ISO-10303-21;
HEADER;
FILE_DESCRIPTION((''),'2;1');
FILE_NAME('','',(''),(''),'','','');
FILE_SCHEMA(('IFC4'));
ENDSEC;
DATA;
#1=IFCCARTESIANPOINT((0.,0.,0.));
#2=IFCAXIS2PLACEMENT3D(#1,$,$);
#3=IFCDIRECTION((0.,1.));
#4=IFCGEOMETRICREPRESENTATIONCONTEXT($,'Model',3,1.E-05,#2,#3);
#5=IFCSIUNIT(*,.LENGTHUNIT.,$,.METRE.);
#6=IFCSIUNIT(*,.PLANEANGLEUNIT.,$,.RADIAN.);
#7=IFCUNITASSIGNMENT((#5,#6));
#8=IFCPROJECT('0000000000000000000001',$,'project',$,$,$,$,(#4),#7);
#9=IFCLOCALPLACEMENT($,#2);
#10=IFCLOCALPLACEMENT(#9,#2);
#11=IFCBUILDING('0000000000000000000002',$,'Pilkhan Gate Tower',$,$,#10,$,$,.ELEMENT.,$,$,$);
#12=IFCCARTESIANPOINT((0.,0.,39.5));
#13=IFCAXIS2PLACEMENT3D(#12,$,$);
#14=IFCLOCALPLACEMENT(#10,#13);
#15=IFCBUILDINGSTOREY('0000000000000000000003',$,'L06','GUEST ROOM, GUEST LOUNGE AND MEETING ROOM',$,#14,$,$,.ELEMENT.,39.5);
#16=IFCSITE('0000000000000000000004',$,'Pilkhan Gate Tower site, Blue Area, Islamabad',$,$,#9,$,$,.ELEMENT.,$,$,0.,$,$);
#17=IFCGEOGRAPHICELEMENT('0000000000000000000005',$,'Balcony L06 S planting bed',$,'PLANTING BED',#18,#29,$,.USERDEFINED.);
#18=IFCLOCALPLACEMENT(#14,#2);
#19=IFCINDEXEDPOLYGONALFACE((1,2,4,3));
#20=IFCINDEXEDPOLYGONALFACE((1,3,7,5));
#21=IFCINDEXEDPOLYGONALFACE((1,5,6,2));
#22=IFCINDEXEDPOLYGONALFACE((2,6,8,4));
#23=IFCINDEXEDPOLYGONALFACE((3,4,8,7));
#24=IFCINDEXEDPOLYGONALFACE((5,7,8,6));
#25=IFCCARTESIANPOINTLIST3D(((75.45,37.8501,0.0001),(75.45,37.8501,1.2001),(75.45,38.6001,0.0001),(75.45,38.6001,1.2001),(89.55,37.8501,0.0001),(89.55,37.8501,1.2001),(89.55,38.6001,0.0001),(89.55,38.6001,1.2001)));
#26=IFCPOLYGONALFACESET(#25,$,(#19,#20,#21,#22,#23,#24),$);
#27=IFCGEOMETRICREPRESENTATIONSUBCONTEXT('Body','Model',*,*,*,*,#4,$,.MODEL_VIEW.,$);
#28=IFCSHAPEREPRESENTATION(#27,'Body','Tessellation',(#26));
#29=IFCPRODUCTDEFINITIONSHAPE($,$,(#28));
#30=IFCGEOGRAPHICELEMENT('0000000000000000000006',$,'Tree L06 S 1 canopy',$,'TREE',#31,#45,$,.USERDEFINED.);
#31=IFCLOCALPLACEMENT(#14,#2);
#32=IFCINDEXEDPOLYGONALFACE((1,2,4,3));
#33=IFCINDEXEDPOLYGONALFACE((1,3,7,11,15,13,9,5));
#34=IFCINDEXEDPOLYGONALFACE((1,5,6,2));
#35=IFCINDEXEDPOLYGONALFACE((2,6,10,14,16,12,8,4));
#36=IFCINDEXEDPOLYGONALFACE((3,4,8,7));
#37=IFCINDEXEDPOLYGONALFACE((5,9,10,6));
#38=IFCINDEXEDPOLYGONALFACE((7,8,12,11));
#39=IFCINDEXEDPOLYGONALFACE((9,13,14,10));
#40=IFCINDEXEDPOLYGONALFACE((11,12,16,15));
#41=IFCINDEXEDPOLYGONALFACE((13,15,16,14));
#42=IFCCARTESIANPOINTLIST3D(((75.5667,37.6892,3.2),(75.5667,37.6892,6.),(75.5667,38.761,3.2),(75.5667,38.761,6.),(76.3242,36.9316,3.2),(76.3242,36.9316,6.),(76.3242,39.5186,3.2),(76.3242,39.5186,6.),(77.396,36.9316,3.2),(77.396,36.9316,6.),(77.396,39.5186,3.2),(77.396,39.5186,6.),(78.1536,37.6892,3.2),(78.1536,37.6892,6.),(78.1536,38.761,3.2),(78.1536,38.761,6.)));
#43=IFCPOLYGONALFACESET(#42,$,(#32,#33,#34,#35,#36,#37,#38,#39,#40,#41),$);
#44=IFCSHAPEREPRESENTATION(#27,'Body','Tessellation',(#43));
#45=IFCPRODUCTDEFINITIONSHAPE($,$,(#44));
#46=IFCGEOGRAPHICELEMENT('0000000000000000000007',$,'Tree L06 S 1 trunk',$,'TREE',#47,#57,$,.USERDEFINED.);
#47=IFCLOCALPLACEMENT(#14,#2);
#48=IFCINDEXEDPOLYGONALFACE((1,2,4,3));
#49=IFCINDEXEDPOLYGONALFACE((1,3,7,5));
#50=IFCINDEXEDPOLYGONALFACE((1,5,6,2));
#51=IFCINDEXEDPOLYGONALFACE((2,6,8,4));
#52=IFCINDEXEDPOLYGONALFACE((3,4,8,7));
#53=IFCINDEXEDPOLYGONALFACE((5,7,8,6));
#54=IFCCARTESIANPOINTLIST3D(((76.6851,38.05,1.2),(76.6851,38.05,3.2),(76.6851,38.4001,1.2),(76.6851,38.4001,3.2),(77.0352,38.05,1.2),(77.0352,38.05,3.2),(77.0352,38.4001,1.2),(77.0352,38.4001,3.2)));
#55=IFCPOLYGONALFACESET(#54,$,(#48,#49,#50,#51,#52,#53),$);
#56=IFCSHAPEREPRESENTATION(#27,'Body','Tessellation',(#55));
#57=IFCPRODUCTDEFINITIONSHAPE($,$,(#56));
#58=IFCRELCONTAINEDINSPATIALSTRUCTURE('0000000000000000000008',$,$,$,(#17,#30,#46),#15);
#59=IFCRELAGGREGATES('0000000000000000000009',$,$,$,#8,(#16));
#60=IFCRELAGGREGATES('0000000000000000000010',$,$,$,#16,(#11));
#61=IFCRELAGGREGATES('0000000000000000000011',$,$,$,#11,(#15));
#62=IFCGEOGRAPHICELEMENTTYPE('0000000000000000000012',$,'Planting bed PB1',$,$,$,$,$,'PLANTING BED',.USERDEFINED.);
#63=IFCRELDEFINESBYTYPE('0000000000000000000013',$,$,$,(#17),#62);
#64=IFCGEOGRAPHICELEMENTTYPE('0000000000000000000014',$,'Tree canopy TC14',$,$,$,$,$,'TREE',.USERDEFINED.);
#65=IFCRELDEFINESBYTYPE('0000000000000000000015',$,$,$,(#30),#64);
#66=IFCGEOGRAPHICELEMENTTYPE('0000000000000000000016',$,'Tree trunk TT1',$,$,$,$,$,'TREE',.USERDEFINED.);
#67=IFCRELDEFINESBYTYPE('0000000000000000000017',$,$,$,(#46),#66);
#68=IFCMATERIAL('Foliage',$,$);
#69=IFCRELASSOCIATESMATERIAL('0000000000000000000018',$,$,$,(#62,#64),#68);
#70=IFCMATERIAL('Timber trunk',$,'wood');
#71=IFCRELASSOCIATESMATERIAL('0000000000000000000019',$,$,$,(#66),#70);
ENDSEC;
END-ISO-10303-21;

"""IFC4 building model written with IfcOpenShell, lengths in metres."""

from ifc_helpers import new_model, si_unit, direction, frame, origin, origin_2d, place, context, subcontext, project, spatial, polyline, rectangle, outline, extrude, material, material_profile, profile_set, type_object, element, save


model = new_model("IFC4")

# Units and contexts
model_context = context("Model", 3, precision=1e-05, world=origin(), true_north=direction((0.0, 1.0)))
body_context = subcontext(model_context, "Body", "Model", "MODEL_VIEW")
ifc_project = project(units=[si_unit("LENGTHUNIT", "METRE"), si_unit("PLANEANGLEUNIT", "RADIAN")], contexts=[model_context])

# Site, building, storey
site_placement = place(None, origin())
site = spatial("IfcSite", under=ifc_project, at=site_placement, Name="Pilkhan Gate Tower site, Blue Area, Islamabad", CompositionType="ELEMENT", RefElevation=0.0)
building_placement = place(site_placement, origin())
building = spatial("IfcBuilding", under=site, at=building_placement, Name="Pilkhan Gate Tower", CompositionType="ELEMENT")
storey_placement = place(building_placement, frame((0.0, 0.0, 39.5)))
storey = spatial("IfcBuildingStorey", under=building, at=storey_placement, Name="L06", Description="GUEST ROOM, GUEST LOUNGE AND MEETING ROOM", CompositionType="ELEMENT", Elevation=39.5)

# Geographic elements
ifc_material_1 = material(Name="Foliage")
ifc_material_profile_1 = material_profile(ifc_material_1, rectangle(XDim=0.75, YDim=1.2, at=origin_2d()), Name="Bed 750x1200")
ifc_profile_set_1 = profile_set([ifc_material_profile_1], Name="Foliage")
geographic_element_type_1 = type_object("IfcGeographicElementType", Name="Planting bed PB1", ElementType="PLANTING BED", PredefinedType="USERDEFINED", material=ifc_profile_set_1)
geographic_element_1_placement = place(storey_placement, frame((75.45, 38.2251, 0.6001), z_axis=(1.0, 0.0, 0.0), x_axis=(0.0, 1.0, 0.0)))
element("IfcGeographicElement", 1, at=geographic_element_1_placement, inside=storey, type_object=geographic_element_type_1, Name="Balcony L06 S planting bed", ObjectType="PLANTING BED", PredefinedType="USERDEFINED", context=body_context, shape_type="SweptSolid", body=[
    extrude(rectangle(XDim=0.75, YDim=1.2, at=origin_2d()), origin(), (0.0, 0.0, 1.0), 14.1001),
])
ifc_material_profile_2 = material_profile(ifc_material_1, outline(polyline([(1.2935, 0.5359), (0.5359, 1.2935), (-0.5359, 1.2935), (-1.2935, 0.5359), (-1.2935, -0.5359), (-0.5359, -1.2935), (0.5359, -1.2935), (1.2935, -0.5359), (1.2935, 0.5359)])), Name="Canopy D2.8")
ifc_profile_set_2 = profile_set([ifc_material_profile_2], Name="Foliage")
geographic_element_type_2 = type_object("IfcGeographicElementType", Name="Tree canopy TC14", ElementType="TREE", PredefinedType="USERDEFINED", material=ifc_profile_set_2)
geographic_element_2_placement = place(storey_placement, frame((76.8601, 38.2251, 3.2), z_axis=(0.0, 0.0, 1.0), x_axis=(1.0, 0.0, 0.0)))
element("IfcGeographicElement", 2, at=geographic_element_2_placement, inside=storey, type_object=geographic_element_type_2, Name="Tree L06 S 1 canopy", ObjectType="TREE", PredefinedType="USERDEFINED", context=body_context, shape_type="SweptSolid", body=[
    extrude(outline(polyline([(1.2935, 0.5359), (0.5359, 1.2935), (-0.5359, 1.2935), (-1.2935, 0.5359), (-1.2935, -0.5359), (-0.5359, -1.2935), (0.5359, -1.2935), (1.2935, -0.5359), (1.2935, 0.5359)])), origin(), (0.0, 0.0, 1.0), 2.8),
])
ifc_material_2 = material(Name="Timber trunk", Category="wood")
geographic_element_type_3 = type_object("IfcGeographicElementType", Name="Tree trunk TT1", ElementType="TREE", PredefinedType="USERDEFINED", material=ifc_material_2)
geographic_element_3_placement = place(storey_placement, frame((76.8601, 38.2251, 1.2), z_axis=(0.0, 0.0, 1.0), x_axis=(1.0, 0.0, 0.0)))
element("IfcGeographicElement", 3, at=geographic_element_3_placement, inside=storey, type_object=geographic_element_type_3, Name="Tree L06 S 1 trunk", ObjectType="TREE", PredefinedType="USERDEFINED", context=body_context, shape_type="SweptSolid", body=[
    extrude(rectangle(XDim=0.3501, YDim=0.3501, at=origin_2d()), origin(), (0.0, 0.0, 1.0), 2.0),
])

save(model, "model.ifc")
